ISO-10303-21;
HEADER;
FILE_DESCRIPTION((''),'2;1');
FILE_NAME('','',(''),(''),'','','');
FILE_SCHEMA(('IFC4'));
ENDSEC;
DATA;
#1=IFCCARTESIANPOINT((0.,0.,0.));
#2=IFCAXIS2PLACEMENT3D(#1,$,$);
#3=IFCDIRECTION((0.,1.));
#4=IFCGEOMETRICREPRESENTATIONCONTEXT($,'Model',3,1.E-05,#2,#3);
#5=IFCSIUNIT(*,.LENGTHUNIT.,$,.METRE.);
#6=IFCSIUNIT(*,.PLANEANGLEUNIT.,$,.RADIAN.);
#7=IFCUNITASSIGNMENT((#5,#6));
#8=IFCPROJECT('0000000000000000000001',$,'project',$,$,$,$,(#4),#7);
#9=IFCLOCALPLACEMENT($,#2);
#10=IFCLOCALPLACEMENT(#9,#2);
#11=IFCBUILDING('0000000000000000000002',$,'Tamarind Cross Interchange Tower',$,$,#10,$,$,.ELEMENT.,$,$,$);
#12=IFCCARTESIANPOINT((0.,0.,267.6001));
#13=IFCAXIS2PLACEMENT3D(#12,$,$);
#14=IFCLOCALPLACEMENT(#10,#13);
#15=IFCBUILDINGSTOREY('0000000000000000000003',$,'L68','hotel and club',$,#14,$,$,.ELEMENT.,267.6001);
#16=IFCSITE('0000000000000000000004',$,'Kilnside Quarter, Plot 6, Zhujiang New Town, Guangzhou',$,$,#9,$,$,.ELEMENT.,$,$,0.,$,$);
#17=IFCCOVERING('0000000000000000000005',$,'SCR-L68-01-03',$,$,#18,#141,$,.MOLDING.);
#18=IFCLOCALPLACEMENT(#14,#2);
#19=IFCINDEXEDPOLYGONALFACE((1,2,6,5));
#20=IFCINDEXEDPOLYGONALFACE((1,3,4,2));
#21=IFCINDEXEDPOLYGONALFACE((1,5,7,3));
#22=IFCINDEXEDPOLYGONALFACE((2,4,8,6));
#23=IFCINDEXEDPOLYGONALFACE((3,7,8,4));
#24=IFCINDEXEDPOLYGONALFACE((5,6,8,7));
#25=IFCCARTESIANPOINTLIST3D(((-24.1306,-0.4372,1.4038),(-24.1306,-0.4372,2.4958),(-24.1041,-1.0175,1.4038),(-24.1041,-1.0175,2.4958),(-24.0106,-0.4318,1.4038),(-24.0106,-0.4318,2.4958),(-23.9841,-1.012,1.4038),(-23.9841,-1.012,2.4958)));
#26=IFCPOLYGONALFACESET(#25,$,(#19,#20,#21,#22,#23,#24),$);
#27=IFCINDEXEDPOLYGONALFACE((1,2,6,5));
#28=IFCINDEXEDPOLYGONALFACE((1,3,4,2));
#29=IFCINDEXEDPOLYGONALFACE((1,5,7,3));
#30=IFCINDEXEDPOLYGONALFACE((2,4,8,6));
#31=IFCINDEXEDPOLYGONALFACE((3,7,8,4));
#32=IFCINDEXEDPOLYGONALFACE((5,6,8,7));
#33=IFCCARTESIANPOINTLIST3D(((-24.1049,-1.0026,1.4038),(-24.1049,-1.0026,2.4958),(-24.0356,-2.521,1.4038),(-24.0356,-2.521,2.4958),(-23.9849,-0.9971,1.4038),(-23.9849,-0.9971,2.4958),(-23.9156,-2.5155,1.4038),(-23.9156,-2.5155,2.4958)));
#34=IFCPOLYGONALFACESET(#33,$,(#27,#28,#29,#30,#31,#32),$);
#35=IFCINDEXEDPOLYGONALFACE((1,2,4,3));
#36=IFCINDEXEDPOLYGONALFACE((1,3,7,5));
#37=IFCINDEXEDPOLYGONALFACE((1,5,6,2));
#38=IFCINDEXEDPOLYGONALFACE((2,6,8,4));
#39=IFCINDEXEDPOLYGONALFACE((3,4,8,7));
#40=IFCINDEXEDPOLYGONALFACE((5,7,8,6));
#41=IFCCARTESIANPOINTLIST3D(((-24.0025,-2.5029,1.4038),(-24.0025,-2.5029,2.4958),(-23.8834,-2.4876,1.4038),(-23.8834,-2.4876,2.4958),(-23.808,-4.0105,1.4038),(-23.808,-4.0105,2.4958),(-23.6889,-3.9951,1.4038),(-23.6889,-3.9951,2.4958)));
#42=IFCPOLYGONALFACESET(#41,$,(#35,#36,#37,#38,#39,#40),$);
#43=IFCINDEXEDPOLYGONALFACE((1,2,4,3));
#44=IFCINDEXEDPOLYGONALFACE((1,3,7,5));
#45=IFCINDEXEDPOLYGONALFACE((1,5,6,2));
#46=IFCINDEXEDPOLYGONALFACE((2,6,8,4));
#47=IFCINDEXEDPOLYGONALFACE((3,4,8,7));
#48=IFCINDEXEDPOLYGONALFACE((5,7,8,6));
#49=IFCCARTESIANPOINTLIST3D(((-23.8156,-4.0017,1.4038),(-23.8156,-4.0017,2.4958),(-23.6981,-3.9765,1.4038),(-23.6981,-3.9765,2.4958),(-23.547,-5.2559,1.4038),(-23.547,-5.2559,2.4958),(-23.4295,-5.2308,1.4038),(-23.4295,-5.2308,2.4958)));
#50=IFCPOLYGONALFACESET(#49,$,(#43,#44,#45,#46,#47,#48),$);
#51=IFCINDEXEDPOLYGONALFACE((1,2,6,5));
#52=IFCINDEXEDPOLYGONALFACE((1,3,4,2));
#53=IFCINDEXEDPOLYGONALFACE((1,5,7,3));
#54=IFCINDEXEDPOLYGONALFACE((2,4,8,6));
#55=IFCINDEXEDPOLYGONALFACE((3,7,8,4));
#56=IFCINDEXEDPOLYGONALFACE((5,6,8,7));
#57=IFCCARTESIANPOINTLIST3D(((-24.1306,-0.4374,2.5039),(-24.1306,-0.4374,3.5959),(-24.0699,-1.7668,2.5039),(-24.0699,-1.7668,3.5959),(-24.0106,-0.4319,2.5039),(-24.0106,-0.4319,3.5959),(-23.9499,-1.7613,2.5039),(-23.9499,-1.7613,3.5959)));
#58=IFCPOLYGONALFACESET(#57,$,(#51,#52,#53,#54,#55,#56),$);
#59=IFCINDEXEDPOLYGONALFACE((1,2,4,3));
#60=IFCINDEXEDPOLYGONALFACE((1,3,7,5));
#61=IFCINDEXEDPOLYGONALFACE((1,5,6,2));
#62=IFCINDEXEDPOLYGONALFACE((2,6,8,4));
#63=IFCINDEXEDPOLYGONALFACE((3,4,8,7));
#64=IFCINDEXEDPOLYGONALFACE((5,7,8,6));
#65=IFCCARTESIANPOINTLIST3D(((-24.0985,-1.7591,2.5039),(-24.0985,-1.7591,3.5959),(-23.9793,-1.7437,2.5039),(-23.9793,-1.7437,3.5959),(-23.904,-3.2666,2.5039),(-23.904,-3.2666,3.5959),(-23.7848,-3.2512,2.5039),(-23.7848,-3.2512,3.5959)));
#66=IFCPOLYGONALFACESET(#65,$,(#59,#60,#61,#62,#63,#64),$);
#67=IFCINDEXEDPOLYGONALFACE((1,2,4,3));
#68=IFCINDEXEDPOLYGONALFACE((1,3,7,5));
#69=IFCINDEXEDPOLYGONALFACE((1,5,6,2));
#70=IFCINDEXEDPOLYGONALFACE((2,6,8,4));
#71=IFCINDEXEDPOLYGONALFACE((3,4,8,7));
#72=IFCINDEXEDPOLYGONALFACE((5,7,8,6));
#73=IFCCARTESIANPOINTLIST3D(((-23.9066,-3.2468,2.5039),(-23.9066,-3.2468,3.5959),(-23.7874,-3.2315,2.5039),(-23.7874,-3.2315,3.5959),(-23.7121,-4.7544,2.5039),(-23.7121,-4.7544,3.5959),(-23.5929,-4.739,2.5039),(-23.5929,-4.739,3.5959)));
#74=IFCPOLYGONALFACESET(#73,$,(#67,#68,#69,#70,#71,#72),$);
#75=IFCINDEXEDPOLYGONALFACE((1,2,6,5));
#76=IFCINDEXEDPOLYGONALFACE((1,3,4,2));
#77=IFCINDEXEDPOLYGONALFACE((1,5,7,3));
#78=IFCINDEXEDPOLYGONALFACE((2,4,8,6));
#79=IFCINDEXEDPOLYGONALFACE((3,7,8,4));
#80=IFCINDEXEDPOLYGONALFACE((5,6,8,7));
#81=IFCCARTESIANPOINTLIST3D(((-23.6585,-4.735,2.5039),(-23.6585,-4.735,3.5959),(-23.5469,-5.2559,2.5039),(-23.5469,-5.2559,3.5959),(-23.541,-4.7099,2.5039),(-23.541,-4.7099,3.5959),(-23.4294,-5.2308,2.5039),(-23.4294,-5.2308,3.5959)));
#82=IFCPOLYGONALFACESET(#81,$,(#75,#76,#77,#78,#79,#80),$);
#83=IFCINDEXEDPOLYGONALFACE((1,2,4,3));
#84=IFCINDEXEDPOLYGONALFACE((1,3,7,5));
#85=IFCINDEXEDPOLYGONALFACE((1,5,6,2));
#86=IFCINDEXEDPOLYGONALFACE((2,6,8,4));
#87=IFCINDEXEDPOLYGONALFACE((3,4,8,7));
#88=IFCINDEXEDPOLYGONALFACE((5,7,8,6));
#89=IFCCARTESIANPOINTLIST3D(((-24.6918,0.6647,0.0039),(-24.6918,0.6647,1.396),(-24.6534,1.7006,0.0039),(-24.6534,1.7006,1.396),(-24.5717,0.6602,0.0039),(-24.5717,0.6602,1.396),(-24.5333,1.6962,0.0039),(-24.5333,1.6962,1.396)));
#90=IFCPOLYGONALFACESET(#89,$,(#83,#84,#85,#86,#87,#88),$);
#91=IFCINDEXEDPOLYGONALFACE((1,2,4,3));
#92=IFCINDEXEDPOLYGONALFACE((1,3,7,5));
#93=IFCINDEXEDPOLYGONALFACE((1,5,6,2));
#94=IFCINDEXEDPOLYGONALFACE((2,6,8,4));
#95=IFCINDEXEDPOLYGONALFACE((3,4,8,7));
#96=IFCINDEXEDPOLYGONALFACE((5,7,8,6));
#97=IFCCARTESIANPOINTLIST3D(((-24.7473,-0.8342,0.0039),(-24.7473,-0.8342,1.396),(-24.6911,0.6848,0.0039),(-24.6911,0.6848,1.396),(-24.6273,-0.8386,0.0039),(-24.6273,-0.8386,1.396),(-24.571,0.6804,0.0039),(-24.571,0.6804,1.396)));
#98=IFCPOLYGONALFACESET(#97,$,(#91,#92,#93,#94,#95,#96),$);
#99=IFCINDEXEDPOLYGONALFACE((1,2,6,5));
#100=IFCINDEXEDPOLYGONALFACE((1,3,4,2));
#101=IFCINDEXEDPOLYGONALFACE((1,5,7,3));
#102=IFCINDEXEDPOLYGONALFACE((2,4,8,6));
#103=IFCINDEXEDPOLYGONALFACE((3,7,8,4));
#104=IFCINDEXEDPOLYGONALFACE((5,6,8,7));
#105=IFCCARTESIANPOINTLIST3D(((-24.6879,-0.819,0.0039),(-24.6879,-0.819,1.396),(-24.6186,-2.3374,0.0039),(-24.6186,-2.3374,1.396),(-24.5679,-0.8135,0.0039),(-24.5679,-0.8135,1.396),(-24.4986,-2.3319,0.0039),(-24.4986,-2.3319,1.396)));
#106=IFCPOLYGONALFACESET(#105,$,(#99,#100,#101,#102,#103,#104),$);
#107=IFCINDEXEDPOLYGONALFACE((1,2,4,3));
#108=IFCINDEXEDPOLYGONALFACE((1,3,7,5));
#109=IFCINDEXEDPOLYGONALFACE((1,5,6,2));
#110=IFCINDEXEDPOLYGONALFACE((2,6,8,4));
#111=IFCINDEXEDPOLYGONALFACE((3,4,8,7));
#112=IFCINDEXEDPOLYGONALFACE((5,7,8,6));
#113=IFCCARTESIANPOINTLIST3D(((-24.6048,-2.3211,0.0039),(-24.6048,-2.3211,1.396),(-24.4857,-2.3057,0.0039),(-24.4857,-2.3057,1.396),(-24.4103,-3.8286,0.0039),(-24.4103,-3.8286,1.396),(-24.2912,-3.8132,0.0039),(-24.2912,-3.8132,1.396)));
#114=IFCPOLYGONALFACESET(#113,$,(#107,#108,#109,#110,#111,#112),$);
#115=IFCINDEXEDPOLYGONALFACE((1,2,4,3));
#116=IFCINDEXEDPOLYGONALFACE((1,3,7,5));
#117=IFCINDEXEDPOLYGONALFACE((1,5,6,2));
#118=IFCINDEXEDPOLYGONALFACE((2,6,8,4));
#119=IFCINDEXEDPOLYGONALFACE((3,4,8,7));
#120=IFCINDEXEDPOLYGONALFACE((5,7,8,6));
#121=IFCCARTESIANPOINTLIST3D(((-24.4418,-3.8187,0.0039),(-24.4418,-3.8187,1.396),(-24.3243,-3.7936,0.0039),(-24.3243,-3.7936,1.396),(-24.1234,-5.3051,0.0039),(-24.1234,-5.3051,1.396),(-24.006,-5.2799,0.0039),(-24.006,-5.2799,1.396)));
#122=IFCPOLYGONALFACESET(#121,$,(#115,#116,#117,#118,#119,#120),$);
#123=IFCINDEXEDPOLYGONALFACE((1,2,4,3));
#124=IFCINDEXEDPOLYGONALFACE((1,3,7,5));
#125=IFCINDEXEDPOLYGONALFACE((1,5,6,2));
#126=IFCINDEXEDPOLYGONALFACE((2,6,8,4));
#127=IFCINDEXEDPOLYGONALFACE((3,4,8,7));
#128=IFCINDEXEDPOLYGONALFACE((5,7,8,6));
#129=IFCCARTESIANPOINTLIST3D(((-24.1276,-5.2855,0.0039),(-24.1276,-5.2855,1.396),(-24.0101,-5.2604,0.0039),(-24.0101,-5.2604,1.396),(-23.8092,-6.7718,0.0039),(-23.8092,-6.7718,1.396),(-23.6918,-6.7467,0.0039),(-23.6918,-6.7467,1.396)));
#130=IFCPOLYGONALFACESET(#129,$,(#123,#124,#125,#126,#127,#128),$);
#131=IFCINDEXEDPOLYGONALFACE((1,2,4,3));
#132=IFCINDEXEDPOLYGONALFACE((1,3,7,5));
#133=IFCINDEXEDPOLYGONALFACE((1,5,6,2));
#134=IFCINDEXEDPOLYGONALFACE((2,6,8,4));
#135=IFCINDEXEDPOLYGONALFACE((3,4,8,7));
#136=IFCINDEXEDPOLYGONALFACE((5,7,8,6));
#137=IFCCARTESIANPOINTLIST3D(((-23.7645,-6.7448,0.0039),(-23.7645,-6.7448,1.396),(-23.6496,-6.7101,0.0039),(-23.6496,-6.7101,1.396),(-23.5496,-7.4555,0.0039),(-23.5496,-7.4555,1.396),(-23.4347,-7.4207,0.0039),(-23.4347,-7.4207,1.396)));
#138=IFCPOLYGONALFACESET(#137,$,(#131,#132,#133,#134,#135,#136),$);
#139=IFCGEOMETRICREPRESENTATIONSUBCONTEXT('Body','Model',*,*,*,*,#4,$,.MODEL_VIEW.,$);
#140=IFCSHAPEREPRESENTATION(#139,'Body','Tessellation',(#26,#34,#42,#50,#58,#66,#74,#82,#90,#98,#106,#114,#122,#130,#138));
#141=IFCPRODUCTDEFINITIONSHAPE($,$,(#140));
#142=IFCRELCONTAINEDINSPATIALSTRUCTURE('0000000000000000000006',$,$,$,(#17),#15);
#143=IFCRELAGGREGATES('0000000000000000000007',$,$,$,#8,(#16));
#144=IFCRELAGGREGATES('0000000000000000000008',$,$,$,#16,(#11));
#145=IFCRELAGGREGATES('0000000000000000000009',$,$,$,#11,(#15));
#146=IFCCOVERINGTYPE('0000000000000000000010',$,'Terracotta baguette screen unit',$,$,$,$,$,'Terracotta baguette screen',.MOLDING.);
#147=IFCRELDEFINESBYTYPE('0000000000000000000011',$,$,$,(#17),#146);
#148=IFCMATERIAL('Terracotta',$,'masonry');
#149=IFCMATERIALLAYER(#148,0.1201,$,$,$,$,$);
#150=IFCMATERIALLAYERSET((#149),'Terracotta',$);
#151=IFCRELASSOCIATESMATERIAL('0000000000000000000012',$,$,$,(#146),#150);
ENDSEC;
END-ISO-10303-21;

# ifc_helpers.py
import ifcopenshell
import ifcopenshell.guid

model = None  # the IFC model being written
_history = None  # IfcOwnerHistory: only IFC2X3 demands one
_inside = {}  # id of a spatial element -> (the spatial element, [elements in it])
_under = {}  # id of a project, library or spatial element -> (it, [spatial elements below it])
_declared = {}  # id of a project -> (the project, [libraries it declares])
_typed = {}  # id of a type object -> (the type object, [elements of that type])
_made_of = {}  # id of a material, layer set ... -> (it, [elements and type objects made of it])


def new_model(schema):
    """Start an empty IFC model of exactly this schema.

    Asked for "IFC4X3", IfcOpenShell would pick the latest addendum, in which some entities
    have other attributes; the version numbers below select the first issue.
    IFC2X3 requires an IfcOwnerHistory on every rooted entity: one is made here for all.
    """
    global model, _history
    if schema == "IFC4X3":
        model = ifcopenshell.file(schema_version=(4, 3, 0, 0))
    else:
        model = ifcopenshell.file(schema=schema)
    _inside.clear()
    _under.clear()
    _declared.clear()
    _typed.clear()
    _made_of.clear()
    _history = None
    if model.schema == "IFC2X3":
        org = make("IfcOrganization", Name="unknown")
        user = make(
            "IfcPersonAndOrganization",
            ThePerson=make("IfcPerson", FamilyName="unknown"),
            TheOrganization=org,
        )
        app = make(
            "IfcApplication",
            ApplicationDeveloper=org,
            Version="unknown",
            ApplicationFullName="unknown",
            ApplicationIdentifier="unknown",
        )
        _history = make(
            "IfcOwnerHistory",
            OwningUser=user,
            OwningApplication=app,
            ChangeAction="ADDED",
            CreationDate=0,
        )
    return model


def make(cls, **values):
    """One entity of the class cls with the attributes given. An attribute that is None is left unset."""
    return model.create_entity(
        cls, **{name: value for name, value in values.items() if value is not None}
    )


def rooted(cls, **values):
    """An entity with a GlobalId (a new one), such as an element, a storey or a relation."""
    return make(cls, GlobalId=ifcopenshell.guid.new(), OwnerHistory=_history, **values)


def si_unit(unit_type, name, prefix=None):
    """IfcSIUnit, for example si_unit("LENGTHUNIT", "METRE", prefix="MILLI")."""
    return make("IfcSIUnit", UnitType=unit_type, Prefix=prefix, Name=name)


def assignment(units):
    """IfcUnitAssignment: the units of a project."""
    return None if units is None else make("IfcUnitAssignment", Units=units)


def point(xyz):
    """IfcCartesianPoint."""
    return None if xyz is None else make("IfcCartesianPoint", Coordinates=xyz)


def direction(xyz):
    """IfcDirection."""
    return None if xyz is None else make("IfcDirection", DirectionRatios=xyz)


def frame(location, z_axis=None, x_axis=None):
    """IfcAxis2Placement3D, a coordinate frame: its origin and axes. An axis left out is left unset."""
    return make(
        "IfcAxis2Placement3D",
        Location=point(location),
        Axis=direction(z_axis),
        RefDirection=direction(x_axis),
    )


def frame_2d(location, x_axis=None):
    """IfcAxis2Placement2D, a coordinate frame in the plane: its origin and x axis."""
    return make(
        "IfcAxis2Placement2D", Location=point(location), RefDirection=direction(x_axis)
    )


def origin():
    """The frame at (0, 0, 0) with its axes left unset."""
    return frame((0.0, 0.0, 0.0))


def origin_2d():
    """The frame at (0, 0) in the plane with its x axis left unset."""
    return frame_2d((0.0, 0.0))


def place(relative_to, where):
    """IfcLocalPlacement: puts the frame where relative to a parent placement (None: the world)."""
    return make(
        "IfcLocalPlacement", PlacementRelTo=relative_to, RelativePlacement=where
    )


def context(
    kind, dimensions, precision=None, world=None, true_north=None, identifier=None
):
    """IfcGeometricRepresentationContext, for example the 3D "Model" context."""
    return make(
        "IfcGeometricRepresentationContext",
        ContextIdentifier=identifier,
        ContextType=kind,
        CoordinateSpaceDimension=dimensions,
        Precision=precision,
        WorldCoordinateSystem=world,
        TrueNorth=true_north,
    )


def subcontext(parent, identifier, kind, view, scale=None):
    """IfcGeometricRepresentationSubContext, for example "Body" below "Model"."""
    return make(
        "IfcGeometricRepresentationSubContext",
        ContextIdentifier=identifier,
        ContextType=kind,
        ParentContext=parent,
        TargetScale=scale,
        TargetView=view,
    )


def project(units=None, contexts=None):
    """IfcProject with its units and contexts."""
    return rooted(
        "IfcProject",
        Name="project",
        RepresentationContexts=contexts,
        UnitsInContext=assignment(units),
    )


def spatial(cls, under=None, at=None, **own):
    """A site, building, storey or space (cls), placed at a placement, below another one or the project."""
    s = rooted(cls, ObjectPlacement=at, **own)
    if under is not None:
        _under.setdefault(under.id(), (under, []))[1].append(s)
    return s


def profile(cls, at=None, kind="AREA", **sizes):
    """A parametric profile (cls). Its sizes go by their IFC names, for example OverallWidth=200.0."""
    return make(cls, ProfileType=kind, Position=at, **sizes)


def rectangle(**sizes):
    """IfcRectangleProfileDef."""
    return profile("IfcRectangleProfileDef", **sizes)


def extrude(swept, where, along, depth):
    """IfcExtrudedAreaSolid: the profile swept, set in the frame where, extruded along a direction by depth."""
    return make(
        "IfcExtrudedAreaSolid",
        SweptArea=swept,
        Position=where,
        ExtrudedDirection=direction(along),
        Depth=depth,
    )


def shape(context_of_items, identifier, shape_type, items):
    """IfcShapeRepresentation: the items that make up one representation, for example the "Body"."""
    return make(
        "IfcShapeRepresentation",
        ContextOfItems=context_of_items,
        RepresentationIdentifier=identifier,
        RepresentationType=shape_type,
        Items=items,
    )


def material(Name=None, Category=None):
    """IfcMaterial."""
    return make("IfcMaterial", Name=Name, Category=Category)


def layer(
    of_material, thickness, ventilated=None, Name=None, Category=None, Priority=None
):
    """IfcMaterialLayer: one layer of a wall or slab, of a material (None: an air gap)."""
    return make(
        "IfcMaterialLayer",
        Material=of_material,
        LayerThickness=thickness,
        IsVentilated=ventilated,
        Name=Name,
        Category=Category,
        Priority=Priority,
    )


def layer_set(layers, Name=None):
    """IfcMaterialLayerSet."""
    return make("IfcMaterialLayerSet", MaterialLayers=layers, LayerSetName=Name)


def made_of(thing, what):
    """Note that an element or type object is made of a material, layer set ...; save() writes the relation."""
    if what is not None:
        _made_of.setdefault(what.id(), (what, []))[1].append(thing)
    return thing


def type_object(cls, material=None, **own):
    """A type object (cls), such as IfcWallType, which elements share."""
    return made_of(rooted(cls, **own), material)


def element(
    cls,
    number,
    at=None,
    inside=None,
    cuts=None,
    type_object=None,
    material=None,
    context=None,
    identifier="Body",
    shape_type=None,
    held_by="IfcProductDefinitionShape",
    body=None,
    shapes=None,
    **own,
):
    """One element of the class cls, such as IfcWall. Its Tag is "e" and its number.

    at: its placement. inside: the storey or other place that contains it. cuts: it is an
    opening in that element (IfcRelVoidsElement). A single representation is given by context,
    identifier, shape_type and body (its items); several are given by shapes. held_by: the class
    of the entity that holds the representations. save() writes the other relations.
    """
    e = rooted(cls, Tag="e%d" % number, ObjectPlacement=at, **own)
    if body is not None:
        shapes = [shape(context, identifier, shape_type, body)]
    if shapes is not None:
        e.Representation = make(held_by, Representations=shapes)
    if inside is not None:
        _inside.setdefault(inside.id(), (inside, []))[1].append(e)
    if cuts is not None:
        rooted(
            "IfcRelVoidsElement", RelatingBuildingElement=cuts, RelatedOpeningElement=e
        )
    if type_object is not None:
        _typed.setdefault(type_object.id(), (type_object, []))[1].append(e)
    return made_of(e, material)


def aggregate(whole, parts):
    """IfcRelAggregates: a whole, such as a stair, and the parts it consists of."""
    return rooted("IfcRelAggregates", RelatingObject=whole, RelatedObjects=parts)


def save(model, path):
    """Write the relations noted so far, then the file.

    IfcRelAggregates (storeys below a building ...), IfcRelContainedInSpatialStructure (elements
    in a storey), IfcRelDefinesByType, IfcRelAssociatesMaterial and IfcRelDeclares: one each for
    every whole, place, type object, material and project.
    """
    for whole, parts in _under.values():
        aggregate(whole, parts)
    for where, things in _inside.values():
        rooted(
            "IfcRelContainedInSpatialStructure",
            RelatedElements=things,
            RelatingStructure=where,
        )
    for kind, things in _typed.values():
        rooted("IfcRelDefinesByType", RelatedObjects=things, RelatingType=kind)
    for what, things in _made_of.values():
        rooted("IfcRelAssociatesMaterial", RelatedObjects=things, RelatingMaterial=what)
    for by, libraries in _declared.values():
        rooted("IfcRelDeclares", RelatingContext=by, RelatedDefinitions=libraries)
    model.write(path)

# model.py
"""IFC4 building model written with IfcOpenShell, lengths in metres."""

from ifc_helpers import new_model, si_unit, direction, frame, origin, origin_2d, place, context, subcontext, project, spatial, rectangle, extrude, material, layer, layer_set, type_object, element, save


model = new_model("IFC4")

# Units and contexts
model_context = context("Model", 3, precision=1e-05, world=origin(), true_north=direction((0.0, 1.0)))
body_context = subcontext(model_context, "Body", "Model", "MODEL_VIEW")
ifc_project = project(units=[si_unit("LENGTHUNIT", "METRE"), si_unit("PLANEANGLEUNIT", "RADIAN")], contexts=[model_context])

# Site, building, storey
site_placement = place(None, origin())
site = spatial("IfcSite", under=ifc_project, at=site_placement, Name="Kilnside Quarter, Plot 6, Zhujiang New Town, Guangzhou", CompositionType="ELEMENT", RefElevation=0.0)
building_placement = place(site_placement, origin())
building = spatial("IfcBuilding", under=site, at=building_placement, Name="Tamarind Cross Interchange Tower", CompositionType="ELEMENT")
storey_placement = place(building_placement, frame((0.0, 0.0, 267.6001)))
storey = spatial("IfcBuildingStorey", under=building, at=storey_placement, Name="L68", Description="hotel and club", CompositionType="ELEMENT", Elevation=267.6001)

# Covering
ifc_material_1 = material(Name="Terracotta", Category="masonry")
ifc_layer_1 = layer(ifc_material_1, 0.1201)
ifc_layer_set_1 = layer_set([ifc_layer_1], Name="Terracotta")
covering_type = type_object("IfcCoveringType", Name="Terracotta baguette screen unit", ElementType="Terracotta baguette screen", PredefinedType="MOLDING", material=ifc_layer_set_1)
covering_1_placement = place(storey_placement, origin())
element("IfcCovering", 1, at=covering_1_placement, inside=storey, type_object=covering_type, Name="SCR-L68-01-03", PredefinedType="MOLDING", context=body_context, shape_type="SweptSolid", body=[
    extrude(rectangle(XDim=0.5808, YDim=0.1201, at=origin_2d()), frame((-24.0574, -0.7246, 1.4038), z_axis=(0.0, 0.0, 1.0), x_axis=(0.045624, -0.998959, 0.0)), (0.0, 0.0, 1.0), 1.092),
    extrude(rectangle(XDim=1.52, YDim=0.1201, at=origin_2d()), frame((-24.0103, -1.759, 1.4038), z_axis=(0.0, 0.0, 1.0), x_axis=(0.045624, -0.998959, 0.0)), (0.0, 0.0, 1.0), 1.092),
    extrude(rectangle(XDim=1.52, YDim=0.1201, at=origin_2d()), frame((-23.8457, -3.249, 1.4038), z_axis=(0.0, 0.0, 1.0), x_axis=(0.127962, -0.991779, 0.0)), (0.0, 0.0, 1.0), 1.092),
    extrude(rectangle(XDim=1.2827, YDim=0.1201, at=origin_2d()), frame((-23.6226, -4.6162, 1.4038), z_axis=(0.0, 0.0, 1.0), x_axis=(0.209425, -0.977825, 0.0)), (0.0, 0.0, 1.0), 1.092),
    extrude(rectangle(XDim=1.3308, YDim=0.1201, at=origin_2d()), frame((-24.0403, -1.0994, 2.5039), z_axis=(0.0, 0.0, 1.0), x_axis=(0.045624, -0.998959, 0.0)), (0.0, 0.0, 1.0), 1.092),
    extrude(rectangle(XDim=1.52, YDim=0.1201, at=origin_2d()), frame((-23.9417, -2.5051, 2.5039), z_axis=(0.0, 0.0, 1.0), x_axis=(0.127962, -0.991779, 0.0)), (0.0, 0.0, 1.0), 1.092),
    extrude(rectangle(XDim=1.52, YDim=0.1201, at=origin_2d()), frame((-23.7498, -3.9929, 2.5039), z_axis=(0.0, 0.0, 1.0), x_axis=(0.127962, -0.991779, 0.0)), (0.0, 0.0, 1.0), 1.092),
    extrude(rectangle(XDim=0.5327, YDim=0.1201, at=origin_2d()), frame((-23.5439, -4.9829, 2.5039), z_axis=(0.0, 0.0, 1.0), x_axis=(0.209425, -0.977825, 0.0)), (0.0, 0.0, 1.0), 1.092),
    extrude(rectangle(XDim=1.0366, YDim=0.1201, at=origin_2d()), frame((-24.6125, 1.1804, 0.0039), z_axis=(0.0, 0.0, 1.0), x_axis=(-0.037025, -0.999314, 0.0)), (0.0, 0.0, 1.0), 1.3921),
    extrude(rectangle(XDim=1.52, YDim=0.1201, at=origin_2d()), frame((-24.6592, -0.0769, 0.0039), z_axis=(0.0, 0.0, 1.0), x_axis=(-0.037025, -0.999314, 0.0)), (0.0, 0.0, 1.0), 1.3921),
    extrude(rectangle(XDim=1.52, YDim=0.1201, at=origin_2d()), frame((-24.5933, -1.5754, 0.0039), z_axis=(0.0, 0.0, 1.0), x_axis=(0.045624, -0.998959, 0.0)), (0.0, 0.0, 1.0), 1.3921),
    extrude(rectangle(XDim=1.52, YDim=0.1201, at=origin_2d()), frame((-24.448, -3.0671, 0.0039), z_axis=(0.0, 0.0, 1.0), x_axis=(0.127962, -0.991779, 0.0)), (0.0, 0.0, 1.0), 1.3921),
    extrude(rectangle(XDim=1.52, YDim=0.1201, at=origin_2d()), frame((-24.2239, -4.5493, 0.0039), z_axis=(0.0, 0.0, 1.0), x_axis=(0.209425, -0.977825, 0.0)), (0.0, 0.0, 1.0), 1.3921),
    extrude(rectangle(XDim=1.52, YDim=0.1201, at=origin_2d()), frame((-23.9097, -6.0161, 0.0039), z_axis=(0.0, 0.0, 1.0), x_axis=(0.209425, -0.977825, 0.0)), (0.0, 0.0, 1.0), 1.3921),
    extrude(rectangle(XDim=0.7424, YDim=0.1201, at=origin_2d()), frame((-23.5996, -7.0828, 0.0039), z_axis=(0.0, 0.0, 1.0), x_axis=(0.289458, -0.957191, 0.0)), (0.0, 0.0, 1.0), 1.3921),
])

save(model, "model.ifc")
